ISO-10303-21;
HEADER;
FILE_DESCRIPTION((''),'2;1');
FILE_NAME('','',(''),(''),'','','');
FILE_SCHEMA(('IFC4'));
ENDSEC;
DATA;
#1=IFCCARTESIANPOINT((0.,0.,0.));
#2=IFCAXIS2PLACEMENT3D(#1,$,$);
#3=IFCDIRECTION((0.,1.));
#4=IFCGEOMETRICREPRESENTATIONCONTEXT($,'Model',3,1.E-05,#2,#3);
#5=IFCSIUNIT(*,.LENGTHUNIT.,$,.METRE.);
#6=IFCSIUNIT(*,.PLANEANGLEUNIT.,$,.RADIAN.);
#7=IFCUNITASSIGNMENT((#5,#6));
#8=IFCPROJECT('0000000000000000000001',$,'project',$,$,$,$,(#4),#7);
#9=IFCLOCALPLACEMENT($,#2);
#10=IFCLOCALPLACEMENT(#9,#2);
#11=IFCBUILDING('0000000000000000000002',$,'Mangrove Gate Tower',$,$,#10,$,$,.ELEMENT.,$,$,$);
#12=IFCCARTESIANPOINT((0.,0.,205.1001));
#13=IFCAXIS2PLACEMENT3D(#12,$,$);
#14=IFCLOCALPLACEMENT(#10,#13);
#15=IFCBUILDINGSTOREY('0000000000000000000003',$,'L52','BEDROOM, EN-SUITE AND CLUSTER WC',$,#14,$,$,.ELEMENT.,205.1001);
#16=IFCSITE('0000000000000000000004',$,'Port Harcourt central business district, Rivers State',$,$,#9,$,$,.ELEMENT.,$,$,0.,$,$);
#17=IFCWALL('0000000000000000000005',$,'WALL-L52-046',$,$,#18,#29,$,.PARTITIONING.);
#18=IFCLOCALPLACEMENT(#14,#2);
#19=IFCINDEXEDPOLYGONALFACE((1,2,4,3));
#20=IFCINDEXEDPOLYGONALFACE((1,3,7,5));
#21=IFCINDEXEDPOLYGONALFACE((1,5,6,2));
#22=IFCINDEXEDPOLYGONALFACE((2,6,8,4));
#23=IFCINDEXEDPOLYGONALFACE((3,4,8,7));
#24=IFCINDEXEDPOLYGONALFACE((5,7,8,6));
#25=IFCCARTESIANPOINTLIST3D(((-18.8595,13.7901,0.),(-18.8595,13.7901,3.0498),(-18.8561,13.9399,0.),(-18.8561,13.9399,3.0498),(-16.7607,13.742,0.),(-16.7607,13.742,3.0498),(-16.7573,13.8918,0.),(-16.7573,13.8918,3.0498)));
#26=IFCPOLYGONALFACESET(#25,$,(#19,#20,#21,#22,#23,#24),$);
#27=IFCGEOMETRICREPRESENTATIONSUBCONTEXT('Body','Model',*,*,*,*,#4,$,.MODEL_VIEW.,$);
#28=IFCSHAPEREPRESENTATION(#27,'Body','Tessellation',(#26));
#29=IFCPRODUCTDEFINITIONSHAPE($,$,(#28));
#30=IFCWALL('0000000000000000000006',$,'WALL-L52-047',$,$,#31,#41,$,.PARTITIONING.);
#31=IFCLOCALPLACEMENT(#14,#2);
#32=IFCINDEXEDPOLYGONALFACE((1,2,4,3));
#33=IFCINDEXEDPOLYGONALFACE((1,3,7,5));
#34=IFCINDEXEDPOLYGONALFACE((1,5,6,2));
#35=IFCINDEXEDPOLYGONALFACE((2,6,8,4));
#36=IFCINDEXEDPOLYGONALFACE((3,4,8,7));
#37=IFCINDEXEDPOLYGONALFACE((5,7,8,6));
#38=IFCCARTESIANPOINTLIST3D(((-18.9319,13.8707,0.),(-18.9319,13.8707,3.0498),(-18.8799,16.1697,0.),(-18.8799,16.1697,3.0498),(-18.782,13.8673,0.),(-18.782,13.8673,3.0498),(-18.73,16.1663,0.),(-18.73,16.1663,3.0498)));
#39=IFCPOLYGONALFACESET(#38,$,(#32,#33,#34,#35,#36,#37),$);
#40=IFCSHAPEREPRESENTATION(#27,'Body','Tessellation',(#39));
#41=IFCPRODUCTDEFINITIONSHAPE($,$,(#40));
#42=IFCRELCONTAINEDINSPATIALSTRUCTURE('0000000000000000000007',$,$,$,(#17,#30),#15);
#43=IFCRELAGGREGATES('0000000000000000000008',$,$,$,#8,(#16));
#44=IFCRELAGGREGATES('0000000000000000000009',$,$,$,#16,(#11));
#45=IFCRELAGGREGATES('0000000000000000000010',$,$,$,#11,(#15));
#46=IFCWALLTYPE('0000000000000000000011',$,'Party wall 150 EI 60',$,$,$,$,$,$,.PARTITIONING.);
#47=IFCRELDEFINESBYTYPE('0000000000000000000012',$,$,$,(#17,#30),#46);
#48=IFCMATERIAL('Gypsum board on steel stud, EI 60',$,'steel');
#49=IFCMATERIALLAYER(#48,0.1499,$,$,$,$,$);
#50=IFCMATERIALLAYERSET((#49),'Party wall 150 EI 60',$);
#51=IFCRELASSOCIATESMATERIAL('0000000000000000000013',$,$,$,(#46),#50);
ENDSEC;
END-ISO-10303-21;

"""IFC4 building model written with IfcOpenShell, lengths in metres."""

from ifc_helpers import new_model, si_unit, direction, frame, frame_2d, origin, place, context, subcontext, project, spatial, rectangle, extrude, material, layer, layer_set, type_object, element, save


model = new_model("IFC4")

# Units and contexts
model_context = context("Model", 3, precision=1e-05, world=origin(), true_north=direction((0.0, 1.0)))
body_context = subcontext(model_context, "Body", "Model", "MODEL_VIEW")
ifc_project = project(units=[si_unit("LENGTHUNIT", "METRE"), si_unit("PLANEANGLEUNIT", "RADIAN")], contexts=[model_context])

# Site, building, storey
site_placement = place(None, origin())
site = spatial("IfcSite", under=ifc_project, at=site_placement, Name="Port Harcourt central business district, Rivers State", CompositionType="ELEMENT", RefElevation=0.0)
building_placement = place(site_placement, origin())
building = spatial("IfcBuilding", under=site, at=building_placement, Name="Mangrove Gate Tower", CompositionType="ELEMENT")
storey_placement = place(building_placement, frame((0.0, 0.0, 205.1001)))
storey = spatial("IfcBuildingStorey", under=building, at=storey_placement, Name="L52", Description="BEDROOM, EN-SUITE AND CLUSTER WC", CompositionType="ELEMENT", Elevation=205.1001)

# Walls
ifc_material_1 = material(Name="Gypsum board on steel stud, EI 60", Category="steel")
ifc_layer_1 = layer(ifc_material_1, 0.1499)
ifc_layer_set_1 = layer_set([ifc_layer_1], Name="Party wall 150 EI 60")
wall_type_1 = type_object("IfcWallType", Name="Party wall 150 EI 60", PredefinedType="PARTITIONING", material=ifc_layer_set_1)
wall_1_placement = place(storey_placement, frame((-18.8579, 13.865, 0.0), z_axis=(0.0, 0.0, 1.0), x_axis=(0.999738, -0.022909, 0.0)))
element("IfcWall", 1, at=wall_1_placement, inside=storey, type_object=wall_type_1, Name="WALL-L52-046", PredefinedType="PARTITIONING", context=body_context, shape_type="SweptSolid", body=[
    extrude(rectangle(XDim=2.0994, YDim=0.1499, at=frame_2d((1.0498, 0.0))), origin(), (0.0, 0.0, 1.0), 3.0498),
])
wall_2_placement = place(storey_placement, frame((-18.8569, 13.8689, 0.0), z_axis=(0.0, 0.0, 1.0), x_axis=(0.022613, 0.999744, 0.0)))
element("IfcWall", 2, at=wall_2_placement, inside=storey, type_object=wall_type_1, Name="WALL-L52-047", PredefinedType="PARTITIONING", context=body_context, shape_type="SweptSolid", body=[
    extrude(rectangle(XDim=2.2996, YDim=0.1499, at=frame_2d((1.1499, 0.0))), origin(), (0.0, 0.0, 1.0), 3.0498),
])

save(model, "model.ifc")
